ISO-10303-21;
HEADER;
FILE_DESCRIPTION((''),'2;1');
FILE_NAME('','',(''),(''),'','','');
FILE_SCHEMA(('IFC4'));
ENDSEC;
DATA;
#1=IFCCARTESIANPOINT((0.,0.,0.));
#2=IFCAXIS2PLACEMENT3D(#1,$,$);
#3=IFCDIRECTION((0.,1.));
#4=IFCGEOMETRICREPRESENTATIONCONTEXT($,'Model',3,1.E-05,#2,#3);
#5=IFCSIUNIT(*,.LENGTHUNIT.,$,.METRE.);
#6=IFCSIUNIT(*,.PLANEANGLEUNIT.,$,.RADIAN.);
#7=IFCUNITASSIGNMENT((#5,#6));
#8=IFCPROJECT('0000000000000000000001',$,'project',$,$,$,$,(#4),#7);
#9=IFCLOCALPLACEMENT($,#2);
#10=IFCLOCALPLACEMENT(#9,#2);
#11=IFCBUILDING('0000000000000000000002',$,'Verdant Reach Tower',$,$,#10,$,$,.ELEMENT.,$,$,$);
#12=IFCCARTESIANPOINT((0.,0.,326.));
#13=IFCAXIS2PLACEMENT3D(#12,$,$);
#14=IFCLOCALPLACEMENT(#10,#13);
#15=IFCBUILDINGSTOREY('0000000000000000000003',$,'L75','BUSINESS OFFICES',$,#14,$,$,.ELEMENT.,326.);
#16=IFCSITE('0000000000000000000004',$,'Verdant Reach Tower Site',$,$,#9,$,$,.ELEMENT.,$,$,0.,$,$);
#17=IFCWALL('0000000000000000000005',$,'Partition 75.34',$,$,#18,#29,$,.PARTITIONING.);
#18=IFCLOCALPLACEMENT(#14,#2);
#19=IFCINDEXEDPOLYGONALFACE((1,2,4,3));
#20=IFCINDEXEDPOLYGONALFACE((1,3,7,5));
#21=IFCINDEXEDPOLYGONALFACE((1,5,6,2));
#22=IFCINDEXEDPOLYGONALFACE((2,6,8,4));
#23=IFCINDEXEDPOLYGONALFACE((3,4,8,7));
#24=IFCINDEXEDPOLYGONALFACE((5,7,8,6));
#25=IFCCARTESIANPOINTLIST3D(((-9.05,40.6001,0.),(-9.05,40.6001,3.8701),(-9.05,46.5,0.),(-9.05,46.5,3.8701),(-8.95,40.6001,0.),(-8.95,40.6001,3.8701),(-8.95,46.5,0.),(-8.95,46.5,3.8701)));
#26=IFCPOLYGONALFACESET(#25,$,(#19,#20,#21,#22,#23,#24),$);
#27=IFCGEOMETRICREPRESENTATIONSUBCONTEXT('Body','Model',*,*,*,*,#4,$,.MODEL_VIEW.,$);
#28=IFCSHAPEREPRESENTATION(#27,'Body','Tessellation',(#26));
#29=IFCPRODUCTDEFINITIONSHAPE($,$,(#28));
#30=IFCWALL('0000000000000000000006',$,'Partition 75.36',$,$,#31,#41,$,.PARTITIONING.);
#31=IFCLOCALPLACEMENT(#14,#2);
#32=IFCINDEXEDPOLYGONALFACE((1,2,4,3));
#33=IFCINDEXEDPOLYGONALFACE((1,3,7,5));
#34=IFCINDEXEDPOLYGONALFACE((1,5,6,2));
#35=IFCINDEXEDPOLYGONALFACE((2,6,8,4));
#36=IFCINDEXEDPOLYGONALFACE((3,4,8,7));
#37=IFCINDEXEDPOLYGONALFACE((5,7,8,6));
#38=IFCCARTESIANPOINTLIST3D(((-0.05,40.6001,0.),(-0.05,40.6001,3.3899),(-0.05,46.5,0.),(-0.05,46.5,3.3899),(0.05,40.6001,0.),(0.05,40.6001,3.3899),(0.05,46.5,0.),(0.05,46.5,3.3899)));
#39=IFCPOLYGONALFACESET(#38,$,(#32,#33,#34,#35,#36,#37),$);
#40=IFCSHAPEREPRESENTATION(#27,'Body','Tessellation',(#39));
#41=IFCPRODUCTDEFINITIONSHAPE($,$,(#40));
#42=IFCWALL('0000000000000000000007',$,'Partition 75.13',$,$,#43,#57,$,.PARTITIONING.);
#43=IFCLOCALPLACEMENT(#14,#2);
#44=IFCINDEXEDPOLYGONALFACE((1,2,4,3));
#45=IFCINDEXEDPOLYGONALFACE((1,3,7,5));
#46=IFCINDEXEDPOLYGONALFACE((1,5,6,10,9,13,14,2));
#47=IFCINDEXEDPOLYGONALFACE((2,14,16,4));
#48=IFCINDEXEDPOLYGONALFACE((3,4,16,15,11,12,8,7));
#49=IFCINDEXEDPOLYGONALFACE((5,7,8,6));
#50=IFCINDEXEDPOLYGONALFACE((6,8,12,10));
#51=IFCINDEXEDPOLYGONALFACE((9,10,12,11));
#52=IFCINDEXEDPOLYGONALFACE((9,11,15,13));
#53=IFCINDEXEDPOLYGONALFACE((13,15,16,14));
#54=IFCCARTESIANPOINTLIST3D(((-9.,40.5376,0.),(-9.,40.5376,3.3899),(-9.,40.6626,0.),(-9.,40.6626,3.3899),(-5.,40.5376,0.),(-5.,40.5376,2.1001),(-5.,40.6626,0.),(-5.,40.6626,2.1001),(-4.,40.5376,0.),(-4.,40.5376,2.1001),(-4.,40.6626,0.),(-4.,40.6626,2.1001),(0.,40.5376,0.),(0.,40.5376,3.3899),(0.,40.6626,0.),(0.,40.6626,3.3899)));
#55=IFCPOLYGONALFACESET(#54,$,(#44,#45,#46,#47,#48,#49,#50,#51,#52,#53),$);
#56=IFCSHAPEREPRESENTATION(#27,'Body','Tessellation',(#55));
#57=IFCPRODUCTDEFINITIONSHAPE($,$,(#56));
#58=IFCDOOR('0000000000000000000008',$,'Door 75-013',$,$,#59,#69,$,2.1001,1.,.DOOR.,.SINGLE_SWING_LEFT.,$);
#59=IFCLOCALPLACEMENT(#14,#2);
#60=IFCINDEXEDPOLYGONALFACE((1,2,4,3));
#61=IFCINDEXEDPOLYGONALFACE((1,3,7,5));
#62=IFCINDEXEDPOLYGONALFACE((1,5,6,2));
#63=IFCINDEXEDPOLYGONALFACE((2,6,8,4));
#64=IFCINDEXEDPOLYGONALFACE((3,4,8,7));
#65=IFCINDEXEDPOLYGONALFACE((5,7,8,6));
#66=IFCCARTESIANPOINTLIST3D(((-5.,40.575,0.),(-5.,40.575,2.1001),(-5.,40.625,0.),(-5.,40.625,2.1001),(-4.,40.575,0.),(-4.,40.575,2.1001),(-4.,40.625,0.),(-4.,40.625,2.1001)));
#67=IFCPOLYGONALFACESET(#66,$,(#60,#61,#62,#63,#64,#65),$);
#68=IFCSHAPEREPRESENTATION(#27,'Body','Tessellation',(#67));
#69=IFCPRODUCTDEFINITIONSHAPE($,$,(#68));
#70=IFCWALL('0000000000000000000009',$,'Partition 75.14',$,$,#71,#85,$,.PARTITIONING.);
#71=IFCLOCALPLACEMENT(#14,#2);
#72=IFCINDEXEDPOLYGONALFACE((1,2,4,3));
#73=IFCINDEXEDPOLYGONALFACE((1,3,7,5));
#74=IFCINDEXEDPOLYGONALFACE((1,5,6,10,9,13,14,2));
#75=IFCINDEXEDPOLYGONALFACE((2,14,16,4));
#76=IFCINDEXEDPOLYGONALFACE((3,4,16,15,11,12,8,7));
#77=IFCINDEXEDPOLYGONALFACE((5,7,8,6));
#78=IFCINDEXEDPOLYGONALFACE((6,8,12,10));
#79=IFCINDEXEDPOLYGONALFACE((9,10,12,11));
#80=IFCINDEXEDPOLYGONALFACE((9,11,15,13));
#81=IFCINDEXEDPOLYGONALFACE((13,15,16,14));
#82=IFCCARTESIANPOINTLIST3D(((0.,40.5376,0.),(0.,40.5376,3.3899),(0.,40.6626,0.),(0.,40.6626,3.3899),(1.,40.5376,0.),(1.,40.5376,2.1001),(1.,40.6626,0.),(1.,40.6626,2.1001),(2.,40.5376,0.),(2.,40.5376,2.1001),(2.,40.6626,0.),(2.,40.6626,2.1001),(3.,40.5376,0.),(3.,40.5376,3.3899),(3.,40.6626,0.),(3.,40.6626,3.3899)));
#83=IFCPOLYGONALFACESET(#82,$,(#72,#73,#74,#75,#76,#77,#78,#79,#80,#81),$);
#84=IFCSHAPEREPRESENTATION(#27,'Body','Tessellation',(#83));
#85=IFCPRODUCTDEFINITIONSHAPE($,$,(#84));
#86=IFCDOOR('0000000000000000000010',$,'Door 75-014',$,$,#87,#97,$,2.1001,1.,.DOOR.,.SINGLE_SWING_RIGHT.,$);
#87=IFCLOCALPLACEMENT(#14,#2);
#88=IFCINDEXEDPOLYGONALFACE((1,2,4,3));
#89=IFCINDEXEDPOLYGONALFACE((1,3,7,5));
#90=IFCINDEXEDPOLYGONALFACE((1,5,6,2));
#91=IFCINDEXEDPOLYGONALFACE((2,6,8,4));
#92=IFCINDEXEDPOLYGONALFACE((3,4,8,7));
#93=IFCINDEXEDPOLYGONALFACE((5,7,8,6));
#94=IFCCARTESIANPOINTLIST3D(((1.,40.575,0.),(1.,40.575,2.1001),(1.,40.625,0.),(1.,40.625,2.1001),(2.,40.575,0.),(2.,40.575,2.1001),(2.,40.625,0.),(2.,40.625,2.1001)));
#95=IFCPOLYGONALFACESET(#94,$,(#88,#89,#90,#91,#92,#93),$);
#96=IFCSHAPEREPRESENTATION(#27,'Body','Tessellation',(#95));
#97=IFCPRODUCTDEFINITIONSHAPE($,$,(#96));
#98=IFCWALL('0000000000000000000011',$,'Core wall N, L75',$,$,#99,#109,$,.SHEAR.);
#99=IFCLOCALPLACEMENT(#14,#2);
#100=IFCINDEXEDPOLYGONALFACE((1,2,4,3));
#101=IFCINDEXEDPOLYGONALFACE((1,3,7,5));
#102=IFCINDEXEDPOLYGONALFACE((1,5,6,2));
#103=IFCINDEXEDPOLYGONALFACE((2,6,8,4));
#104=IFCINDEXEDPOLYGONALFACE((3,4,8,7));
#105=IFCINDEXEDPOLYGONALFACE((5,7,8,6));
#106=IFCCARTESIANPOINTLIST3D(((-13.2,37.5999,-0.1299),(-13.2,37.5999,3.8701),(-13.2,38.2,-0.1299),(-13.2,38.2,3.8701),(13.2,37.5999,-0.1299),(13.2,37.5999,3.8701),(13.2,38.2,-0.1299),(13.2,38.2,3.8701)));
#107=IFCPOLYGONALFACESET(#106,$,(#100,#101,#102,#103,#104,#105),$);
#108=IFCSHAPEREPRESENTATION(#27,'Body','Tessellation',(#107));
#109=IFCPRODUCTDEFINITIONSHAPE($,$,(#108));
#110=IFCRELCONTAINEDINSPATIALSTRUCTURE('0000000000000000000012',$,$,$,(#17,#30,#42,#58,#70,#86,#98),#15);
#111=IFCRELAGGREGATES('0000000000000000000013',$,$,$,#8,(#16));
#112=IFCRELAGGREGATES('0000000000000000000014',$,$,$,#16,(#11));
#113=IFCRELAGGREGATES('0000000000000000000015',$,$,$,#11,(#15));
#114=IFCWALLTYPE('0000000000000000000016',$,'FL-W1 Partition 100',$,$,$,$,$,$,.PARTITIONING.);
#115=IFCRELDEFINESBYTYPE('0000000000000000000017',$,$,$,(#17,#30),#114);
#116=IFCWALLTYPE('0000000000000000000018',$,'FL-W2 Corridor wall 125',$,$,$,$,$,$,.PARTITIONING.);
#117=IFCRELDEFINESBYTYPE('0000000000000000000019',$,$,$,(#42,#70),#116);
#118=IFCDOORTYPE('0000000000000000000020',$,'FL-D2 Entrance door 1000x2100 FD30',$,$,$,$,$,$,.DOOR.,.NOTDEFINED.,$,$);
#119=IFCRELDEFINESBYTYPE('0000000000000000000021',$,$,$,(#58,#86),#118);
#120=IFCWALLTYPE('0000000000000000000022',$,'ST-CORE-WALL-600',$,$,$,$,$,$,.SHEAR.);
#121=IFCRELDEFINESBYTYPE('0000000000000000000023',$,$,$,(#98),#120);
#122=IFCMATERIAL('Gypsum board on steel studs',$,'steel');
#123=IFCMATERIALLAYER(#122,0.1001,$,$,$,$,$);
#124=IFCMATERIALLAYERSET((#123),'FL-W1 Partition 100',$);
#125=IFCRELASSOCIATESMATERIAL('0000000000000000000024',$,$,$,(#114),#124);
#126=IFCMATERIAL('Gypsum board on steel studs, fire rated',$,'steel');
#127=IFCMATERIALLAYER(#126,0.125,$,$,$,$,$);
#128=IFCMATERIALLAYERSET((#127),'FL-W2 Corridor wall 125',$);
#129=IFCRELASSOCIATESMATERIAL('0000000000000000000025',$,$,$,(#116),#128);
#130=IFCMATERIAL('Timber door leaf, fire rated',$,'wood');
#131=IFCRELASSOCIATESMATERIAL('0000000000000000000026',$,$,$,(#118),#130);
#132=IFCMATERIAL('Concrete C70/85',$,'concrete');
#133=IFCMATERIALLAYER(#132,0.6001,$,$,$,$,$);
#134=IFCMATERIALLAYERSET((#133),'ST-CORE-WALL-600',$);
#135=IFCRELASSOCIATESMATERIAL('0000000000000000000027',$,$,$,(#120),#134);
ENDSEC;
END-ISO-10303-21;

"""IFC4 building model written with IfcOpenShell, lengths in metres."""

from ifc_helpers import new_model, si_unit, direction, frame, frame_2d, origin, place, context, subcontext, project, spatial, rectangle, extrude, material, layer, layer_set, type_object, element, fill, save


model = new_model("IFC4")

# Units and contexts
model_context = context("Model", 3, precision=1e-05, world=origin(), true_north=direction((0.0, 1.0)))
body_context = subcontext(model_context, "Body", "Model", "MODEL_VIEW")
ifc_project = project(units=[si_unit("LENGTHUNIT", "METRE"), si_unit("PLANEANGLEUNIT", "RADIAN")], contexts=[model_context])

# Site, building, storey
site_placement = place(None, origin())
site = spatial("IfcSite", under=ifc_project, at=site_placement, Name="Verdant Reach Tower Site", CompositionType="ELEMENT", RefElevation=0.0)
building_placement = place(site_placement, origin())
building = spatial("IfcBuilding", under=site, at=building_placement, Name="Verdant Reach Tower", CompositionType="ELEMENT")
storey_placement = place(building_placement, frame((0.0, 0.0, 326.0)))
storey = spatial("IfcBuildingStorey", under=building, at=storey_placement, Name="L75", Description="BUSINESS OFFICES", CompositionType="ELEMENT", Elevation=326.0)

# Walls
ifc_material_1 = material(Name="Gypsum board on steel studs", Category="steel")
ifc_layer_1 = layer(ifc_material_1, 0.1001)
ifc_layer_set_1 = layer_set([ifc_layer_1], Name="FL-W1 Partition 100")
wall_type_1 = type_object("IfcWallType", Name="FL-W1 Partition 100", PredefinedType="PARTITIONING", material=ifc_layer_set_1)
wall_1_placement = place(storey_placement, frame((-9.0, 40.6001, 0.0), z_axis=(0.0, 0.0, 1.0), x_axis=(0.0, 1.0, 0.0)))
element("IfcWall", 1, at=wall_1_placement, inside=storey, type_object=wall_type_1, Name="Partition 75.34", PredefinedType="PARTITIONING", context=body_context, shape_type="SweptSolid", body=[
    extrude(rectangle(XDim=5.8999, YDim=0.1001, at=frame_2d((2.95, 0.0))), origin(), (0.0, 0.0, 1.0), 3.8701),
])
wall_2_placement = place(storey_placement, frame((0.0, 40.6001, 0.0), z_axis=(0.0, 0.0, 1.0), x_axis=(0.0, 1.0, 0.0)))
element("IfcWall", 2, at=wall_2_placement, inside=storey, type_object=wall_type_1, Name="Partition 75.36", PredefinedType="PARTITIONING", context=body_context, shape_type="SweptSolid", body=[
    extrude(rectangle(XDim=5.8999, YDim=0.1001, at=frame_2d((2.95, 0.0))), origin(), (0.0, 0.0, 1.0), 3.3899),
])

# Walls, openings, doors
ifc_material_2 = material(Name="Gypsum board on steel studs, fire rated", Category="steel")
ifc_layer_2 = layer(ifc_material_2, 0.125)
ifc_layer_set_2 = layer_set([ifc_layer_2], Name="FL-W2 Corridor wall 125")
wall_type_2 = type_object("IfcWallType", Name="FL-W2 Corridor wall 125", PredefinedType="PARTITIONING", material=ifc_layer_set_2)
wall_3_placement = place(storey_placement, frame((-9.0, 40.6001, 0.0), z_axis=(0.0, 0.0, 1.0), x_axis=(1.0, 0.0, 0.0)))
wall_3 = element("IfcWall", 3, at=wall_3_placement, inside=storey, type_object=wall_type_2, Name="Partition 75.13", PredefinedType="PARTITIONING", context=body_context, shape_type="SweptSolid", body=[
    extrude(rectangle(XDim=9.0, YDim=0.125, at=frame_2d((4.5, 0.0))), origin(), (0.0, 0.0, 1.0), 3.3899),
])
opening_1_placement = place(wall_3_placement, frame((4.0, 0.0, 0.0)))
opening_1 = element("IfcOpeningElement", 4, at=opening_1_placement, cuts=wall_3, PredefinedType="OPENING", context=body_context, shape_type="SweptSolid", body=[
    extrude(rectangle(XDim=1.0, YDim=2.1001, at=frame_2d((0.5, 1.05))), frame((0.0, 0.0725, 0.0), z_axis=(0.0, -1.0, 0.0), x_axis=(1.0, 0.0, 0.0)), (0.0, 0.0, 1.0), 0.145),
])
ifc_material_3 = material(Name="Timber door leaf, fire rated", Category="wood")
door_type_1 = type_object("IfcDoorType", Name="FL-D2 Entrance door 1000x2100 FD30", OperationType="NOTDEFINED", PredefinedType="DOOR", material=ifc_material_3)
door_1_placement = place(opening_1_placement, origin())
door_1 = element("IfcDoor", 5, at=door_1_placement, inside=storey, type_object=door_type_1, Name="Door 75-013", OperationType="SINGLE_SWING_LEFT", OverallHeight=2.1001, OverallWidth=1.0, PredefinedType="DOOR", context=body_context, shape_type="SweptSolid", body=[
    extrude(rectangle(XDim=1.0, YDim=2.1001, at=frame_2d((0.5, 1.05))), frame((0.0, 0.0249, 0.0), z_axis=(0.0, -1.0, 0.0), x_axis=(1.0, 0.0, 0.0)), (0.0, 0.0, 1.0), 0.05),
])
fill(opening_1, door_1)
wall_4_placement = place(storey_placement, frame((0.0, 40.6001, 0.0), z_axis=(0.0, 0.0, 1.0), x_axis=(1.0, 0.0, 0.0)))
wall_4 = element("IfcWall", 6, at=wall_4_placement, inside=storey, type_object=wall_type_2, Name="Partition 75.14", PredefinedType="PARTITIONING", context=body_context, shape_type="SweptSolid", body=[
    extrude(rectangle(XDim=3.0, YDim=0.125, at=frame_2d((1.5, 0.0))), origin(), (0.0, 0.0, 1.0), 3.3899),
])
opening_2_placement = place(wall_4_placement, frame((1.0, 0.0, 0.0)))
opening_2 = element("IfcOpeningElement", 7, at=opening_2_placement, cuts=wall_4, PredefinedType="OPENING", context=body_context, shape_type="SweptSolid", body=[
    extrude(rectangle(XDim=1.0, YDim=2.1001, at=frame_2d((0.5, 1.05))), frame((0.0, 0.0725, 0.0), z_axis=(0.0, -1.0, 0.0), x_axis=(1.0, 0.0, 0.0)), (0.0, 0.0, 1.0), 0.145),
])
door_2_placement = place(opening_2_placement, origin())
door_2 = element("IfcDoor", 8, at=door_2_placement, inside=storey, type_object=door_type_1, Name="Door 75-014", OperationType="SINGLE_SWING_RIGHT", OverallHeight=2.1001, OverallWidth=1.0, PredefinedType="DOOR", context=body_context, shape_type="SweptSolid", body=[
    extrude(rectangle(XDim=1.0, YDim=2.1001, at=frame_2d((0.5, 1.05))), frame((0.0, 0.0249, 0.0), z_axis=(0.0, -1.0, 0.0), x_axis=(1.0, 0.0, 0.0)), (0.0, 0.0, 1.0), 0.05),
])
fill(opening_2, door_2)

# Wall
ifc_material_4 = material(Name="Concrete C70/85", Category="concrete")
ifc_layer_3 = layer(ifc_material_4, 0.6001)
ifc_layer_set_3 = layer_set([ifc_layer_3], Name="ST-CORE-WALL-600")
wall_type_3 = type_object("IfcWallType", Name="ST-CORE-WALL-600", PredefinedType="SHEAR", material=ifc_layer_set_3)
wall_5_placement = place(storey_placement, frame((-13.2, 37.8999, -0.1299), z_axis=(0.0, 0.0, 1.0), x_axis=(1.0, 0.0, 0.0)))
element("IfcWall", 9, at=wall_5_placement, inside=storey, type_object=wall_type_3, Name="Core wall N, L75", PredefinedType="SHEAR", context=body_context, shape_type="SweptSolid", body=[
    extrude(rectangle(XDim=26.3999, YDim=0.6001, at=frame_2d((13.2, 0.0))), origin(), (0.0, 0.0, 1.0), 4.0),
])

save(model, "model.ifc")
